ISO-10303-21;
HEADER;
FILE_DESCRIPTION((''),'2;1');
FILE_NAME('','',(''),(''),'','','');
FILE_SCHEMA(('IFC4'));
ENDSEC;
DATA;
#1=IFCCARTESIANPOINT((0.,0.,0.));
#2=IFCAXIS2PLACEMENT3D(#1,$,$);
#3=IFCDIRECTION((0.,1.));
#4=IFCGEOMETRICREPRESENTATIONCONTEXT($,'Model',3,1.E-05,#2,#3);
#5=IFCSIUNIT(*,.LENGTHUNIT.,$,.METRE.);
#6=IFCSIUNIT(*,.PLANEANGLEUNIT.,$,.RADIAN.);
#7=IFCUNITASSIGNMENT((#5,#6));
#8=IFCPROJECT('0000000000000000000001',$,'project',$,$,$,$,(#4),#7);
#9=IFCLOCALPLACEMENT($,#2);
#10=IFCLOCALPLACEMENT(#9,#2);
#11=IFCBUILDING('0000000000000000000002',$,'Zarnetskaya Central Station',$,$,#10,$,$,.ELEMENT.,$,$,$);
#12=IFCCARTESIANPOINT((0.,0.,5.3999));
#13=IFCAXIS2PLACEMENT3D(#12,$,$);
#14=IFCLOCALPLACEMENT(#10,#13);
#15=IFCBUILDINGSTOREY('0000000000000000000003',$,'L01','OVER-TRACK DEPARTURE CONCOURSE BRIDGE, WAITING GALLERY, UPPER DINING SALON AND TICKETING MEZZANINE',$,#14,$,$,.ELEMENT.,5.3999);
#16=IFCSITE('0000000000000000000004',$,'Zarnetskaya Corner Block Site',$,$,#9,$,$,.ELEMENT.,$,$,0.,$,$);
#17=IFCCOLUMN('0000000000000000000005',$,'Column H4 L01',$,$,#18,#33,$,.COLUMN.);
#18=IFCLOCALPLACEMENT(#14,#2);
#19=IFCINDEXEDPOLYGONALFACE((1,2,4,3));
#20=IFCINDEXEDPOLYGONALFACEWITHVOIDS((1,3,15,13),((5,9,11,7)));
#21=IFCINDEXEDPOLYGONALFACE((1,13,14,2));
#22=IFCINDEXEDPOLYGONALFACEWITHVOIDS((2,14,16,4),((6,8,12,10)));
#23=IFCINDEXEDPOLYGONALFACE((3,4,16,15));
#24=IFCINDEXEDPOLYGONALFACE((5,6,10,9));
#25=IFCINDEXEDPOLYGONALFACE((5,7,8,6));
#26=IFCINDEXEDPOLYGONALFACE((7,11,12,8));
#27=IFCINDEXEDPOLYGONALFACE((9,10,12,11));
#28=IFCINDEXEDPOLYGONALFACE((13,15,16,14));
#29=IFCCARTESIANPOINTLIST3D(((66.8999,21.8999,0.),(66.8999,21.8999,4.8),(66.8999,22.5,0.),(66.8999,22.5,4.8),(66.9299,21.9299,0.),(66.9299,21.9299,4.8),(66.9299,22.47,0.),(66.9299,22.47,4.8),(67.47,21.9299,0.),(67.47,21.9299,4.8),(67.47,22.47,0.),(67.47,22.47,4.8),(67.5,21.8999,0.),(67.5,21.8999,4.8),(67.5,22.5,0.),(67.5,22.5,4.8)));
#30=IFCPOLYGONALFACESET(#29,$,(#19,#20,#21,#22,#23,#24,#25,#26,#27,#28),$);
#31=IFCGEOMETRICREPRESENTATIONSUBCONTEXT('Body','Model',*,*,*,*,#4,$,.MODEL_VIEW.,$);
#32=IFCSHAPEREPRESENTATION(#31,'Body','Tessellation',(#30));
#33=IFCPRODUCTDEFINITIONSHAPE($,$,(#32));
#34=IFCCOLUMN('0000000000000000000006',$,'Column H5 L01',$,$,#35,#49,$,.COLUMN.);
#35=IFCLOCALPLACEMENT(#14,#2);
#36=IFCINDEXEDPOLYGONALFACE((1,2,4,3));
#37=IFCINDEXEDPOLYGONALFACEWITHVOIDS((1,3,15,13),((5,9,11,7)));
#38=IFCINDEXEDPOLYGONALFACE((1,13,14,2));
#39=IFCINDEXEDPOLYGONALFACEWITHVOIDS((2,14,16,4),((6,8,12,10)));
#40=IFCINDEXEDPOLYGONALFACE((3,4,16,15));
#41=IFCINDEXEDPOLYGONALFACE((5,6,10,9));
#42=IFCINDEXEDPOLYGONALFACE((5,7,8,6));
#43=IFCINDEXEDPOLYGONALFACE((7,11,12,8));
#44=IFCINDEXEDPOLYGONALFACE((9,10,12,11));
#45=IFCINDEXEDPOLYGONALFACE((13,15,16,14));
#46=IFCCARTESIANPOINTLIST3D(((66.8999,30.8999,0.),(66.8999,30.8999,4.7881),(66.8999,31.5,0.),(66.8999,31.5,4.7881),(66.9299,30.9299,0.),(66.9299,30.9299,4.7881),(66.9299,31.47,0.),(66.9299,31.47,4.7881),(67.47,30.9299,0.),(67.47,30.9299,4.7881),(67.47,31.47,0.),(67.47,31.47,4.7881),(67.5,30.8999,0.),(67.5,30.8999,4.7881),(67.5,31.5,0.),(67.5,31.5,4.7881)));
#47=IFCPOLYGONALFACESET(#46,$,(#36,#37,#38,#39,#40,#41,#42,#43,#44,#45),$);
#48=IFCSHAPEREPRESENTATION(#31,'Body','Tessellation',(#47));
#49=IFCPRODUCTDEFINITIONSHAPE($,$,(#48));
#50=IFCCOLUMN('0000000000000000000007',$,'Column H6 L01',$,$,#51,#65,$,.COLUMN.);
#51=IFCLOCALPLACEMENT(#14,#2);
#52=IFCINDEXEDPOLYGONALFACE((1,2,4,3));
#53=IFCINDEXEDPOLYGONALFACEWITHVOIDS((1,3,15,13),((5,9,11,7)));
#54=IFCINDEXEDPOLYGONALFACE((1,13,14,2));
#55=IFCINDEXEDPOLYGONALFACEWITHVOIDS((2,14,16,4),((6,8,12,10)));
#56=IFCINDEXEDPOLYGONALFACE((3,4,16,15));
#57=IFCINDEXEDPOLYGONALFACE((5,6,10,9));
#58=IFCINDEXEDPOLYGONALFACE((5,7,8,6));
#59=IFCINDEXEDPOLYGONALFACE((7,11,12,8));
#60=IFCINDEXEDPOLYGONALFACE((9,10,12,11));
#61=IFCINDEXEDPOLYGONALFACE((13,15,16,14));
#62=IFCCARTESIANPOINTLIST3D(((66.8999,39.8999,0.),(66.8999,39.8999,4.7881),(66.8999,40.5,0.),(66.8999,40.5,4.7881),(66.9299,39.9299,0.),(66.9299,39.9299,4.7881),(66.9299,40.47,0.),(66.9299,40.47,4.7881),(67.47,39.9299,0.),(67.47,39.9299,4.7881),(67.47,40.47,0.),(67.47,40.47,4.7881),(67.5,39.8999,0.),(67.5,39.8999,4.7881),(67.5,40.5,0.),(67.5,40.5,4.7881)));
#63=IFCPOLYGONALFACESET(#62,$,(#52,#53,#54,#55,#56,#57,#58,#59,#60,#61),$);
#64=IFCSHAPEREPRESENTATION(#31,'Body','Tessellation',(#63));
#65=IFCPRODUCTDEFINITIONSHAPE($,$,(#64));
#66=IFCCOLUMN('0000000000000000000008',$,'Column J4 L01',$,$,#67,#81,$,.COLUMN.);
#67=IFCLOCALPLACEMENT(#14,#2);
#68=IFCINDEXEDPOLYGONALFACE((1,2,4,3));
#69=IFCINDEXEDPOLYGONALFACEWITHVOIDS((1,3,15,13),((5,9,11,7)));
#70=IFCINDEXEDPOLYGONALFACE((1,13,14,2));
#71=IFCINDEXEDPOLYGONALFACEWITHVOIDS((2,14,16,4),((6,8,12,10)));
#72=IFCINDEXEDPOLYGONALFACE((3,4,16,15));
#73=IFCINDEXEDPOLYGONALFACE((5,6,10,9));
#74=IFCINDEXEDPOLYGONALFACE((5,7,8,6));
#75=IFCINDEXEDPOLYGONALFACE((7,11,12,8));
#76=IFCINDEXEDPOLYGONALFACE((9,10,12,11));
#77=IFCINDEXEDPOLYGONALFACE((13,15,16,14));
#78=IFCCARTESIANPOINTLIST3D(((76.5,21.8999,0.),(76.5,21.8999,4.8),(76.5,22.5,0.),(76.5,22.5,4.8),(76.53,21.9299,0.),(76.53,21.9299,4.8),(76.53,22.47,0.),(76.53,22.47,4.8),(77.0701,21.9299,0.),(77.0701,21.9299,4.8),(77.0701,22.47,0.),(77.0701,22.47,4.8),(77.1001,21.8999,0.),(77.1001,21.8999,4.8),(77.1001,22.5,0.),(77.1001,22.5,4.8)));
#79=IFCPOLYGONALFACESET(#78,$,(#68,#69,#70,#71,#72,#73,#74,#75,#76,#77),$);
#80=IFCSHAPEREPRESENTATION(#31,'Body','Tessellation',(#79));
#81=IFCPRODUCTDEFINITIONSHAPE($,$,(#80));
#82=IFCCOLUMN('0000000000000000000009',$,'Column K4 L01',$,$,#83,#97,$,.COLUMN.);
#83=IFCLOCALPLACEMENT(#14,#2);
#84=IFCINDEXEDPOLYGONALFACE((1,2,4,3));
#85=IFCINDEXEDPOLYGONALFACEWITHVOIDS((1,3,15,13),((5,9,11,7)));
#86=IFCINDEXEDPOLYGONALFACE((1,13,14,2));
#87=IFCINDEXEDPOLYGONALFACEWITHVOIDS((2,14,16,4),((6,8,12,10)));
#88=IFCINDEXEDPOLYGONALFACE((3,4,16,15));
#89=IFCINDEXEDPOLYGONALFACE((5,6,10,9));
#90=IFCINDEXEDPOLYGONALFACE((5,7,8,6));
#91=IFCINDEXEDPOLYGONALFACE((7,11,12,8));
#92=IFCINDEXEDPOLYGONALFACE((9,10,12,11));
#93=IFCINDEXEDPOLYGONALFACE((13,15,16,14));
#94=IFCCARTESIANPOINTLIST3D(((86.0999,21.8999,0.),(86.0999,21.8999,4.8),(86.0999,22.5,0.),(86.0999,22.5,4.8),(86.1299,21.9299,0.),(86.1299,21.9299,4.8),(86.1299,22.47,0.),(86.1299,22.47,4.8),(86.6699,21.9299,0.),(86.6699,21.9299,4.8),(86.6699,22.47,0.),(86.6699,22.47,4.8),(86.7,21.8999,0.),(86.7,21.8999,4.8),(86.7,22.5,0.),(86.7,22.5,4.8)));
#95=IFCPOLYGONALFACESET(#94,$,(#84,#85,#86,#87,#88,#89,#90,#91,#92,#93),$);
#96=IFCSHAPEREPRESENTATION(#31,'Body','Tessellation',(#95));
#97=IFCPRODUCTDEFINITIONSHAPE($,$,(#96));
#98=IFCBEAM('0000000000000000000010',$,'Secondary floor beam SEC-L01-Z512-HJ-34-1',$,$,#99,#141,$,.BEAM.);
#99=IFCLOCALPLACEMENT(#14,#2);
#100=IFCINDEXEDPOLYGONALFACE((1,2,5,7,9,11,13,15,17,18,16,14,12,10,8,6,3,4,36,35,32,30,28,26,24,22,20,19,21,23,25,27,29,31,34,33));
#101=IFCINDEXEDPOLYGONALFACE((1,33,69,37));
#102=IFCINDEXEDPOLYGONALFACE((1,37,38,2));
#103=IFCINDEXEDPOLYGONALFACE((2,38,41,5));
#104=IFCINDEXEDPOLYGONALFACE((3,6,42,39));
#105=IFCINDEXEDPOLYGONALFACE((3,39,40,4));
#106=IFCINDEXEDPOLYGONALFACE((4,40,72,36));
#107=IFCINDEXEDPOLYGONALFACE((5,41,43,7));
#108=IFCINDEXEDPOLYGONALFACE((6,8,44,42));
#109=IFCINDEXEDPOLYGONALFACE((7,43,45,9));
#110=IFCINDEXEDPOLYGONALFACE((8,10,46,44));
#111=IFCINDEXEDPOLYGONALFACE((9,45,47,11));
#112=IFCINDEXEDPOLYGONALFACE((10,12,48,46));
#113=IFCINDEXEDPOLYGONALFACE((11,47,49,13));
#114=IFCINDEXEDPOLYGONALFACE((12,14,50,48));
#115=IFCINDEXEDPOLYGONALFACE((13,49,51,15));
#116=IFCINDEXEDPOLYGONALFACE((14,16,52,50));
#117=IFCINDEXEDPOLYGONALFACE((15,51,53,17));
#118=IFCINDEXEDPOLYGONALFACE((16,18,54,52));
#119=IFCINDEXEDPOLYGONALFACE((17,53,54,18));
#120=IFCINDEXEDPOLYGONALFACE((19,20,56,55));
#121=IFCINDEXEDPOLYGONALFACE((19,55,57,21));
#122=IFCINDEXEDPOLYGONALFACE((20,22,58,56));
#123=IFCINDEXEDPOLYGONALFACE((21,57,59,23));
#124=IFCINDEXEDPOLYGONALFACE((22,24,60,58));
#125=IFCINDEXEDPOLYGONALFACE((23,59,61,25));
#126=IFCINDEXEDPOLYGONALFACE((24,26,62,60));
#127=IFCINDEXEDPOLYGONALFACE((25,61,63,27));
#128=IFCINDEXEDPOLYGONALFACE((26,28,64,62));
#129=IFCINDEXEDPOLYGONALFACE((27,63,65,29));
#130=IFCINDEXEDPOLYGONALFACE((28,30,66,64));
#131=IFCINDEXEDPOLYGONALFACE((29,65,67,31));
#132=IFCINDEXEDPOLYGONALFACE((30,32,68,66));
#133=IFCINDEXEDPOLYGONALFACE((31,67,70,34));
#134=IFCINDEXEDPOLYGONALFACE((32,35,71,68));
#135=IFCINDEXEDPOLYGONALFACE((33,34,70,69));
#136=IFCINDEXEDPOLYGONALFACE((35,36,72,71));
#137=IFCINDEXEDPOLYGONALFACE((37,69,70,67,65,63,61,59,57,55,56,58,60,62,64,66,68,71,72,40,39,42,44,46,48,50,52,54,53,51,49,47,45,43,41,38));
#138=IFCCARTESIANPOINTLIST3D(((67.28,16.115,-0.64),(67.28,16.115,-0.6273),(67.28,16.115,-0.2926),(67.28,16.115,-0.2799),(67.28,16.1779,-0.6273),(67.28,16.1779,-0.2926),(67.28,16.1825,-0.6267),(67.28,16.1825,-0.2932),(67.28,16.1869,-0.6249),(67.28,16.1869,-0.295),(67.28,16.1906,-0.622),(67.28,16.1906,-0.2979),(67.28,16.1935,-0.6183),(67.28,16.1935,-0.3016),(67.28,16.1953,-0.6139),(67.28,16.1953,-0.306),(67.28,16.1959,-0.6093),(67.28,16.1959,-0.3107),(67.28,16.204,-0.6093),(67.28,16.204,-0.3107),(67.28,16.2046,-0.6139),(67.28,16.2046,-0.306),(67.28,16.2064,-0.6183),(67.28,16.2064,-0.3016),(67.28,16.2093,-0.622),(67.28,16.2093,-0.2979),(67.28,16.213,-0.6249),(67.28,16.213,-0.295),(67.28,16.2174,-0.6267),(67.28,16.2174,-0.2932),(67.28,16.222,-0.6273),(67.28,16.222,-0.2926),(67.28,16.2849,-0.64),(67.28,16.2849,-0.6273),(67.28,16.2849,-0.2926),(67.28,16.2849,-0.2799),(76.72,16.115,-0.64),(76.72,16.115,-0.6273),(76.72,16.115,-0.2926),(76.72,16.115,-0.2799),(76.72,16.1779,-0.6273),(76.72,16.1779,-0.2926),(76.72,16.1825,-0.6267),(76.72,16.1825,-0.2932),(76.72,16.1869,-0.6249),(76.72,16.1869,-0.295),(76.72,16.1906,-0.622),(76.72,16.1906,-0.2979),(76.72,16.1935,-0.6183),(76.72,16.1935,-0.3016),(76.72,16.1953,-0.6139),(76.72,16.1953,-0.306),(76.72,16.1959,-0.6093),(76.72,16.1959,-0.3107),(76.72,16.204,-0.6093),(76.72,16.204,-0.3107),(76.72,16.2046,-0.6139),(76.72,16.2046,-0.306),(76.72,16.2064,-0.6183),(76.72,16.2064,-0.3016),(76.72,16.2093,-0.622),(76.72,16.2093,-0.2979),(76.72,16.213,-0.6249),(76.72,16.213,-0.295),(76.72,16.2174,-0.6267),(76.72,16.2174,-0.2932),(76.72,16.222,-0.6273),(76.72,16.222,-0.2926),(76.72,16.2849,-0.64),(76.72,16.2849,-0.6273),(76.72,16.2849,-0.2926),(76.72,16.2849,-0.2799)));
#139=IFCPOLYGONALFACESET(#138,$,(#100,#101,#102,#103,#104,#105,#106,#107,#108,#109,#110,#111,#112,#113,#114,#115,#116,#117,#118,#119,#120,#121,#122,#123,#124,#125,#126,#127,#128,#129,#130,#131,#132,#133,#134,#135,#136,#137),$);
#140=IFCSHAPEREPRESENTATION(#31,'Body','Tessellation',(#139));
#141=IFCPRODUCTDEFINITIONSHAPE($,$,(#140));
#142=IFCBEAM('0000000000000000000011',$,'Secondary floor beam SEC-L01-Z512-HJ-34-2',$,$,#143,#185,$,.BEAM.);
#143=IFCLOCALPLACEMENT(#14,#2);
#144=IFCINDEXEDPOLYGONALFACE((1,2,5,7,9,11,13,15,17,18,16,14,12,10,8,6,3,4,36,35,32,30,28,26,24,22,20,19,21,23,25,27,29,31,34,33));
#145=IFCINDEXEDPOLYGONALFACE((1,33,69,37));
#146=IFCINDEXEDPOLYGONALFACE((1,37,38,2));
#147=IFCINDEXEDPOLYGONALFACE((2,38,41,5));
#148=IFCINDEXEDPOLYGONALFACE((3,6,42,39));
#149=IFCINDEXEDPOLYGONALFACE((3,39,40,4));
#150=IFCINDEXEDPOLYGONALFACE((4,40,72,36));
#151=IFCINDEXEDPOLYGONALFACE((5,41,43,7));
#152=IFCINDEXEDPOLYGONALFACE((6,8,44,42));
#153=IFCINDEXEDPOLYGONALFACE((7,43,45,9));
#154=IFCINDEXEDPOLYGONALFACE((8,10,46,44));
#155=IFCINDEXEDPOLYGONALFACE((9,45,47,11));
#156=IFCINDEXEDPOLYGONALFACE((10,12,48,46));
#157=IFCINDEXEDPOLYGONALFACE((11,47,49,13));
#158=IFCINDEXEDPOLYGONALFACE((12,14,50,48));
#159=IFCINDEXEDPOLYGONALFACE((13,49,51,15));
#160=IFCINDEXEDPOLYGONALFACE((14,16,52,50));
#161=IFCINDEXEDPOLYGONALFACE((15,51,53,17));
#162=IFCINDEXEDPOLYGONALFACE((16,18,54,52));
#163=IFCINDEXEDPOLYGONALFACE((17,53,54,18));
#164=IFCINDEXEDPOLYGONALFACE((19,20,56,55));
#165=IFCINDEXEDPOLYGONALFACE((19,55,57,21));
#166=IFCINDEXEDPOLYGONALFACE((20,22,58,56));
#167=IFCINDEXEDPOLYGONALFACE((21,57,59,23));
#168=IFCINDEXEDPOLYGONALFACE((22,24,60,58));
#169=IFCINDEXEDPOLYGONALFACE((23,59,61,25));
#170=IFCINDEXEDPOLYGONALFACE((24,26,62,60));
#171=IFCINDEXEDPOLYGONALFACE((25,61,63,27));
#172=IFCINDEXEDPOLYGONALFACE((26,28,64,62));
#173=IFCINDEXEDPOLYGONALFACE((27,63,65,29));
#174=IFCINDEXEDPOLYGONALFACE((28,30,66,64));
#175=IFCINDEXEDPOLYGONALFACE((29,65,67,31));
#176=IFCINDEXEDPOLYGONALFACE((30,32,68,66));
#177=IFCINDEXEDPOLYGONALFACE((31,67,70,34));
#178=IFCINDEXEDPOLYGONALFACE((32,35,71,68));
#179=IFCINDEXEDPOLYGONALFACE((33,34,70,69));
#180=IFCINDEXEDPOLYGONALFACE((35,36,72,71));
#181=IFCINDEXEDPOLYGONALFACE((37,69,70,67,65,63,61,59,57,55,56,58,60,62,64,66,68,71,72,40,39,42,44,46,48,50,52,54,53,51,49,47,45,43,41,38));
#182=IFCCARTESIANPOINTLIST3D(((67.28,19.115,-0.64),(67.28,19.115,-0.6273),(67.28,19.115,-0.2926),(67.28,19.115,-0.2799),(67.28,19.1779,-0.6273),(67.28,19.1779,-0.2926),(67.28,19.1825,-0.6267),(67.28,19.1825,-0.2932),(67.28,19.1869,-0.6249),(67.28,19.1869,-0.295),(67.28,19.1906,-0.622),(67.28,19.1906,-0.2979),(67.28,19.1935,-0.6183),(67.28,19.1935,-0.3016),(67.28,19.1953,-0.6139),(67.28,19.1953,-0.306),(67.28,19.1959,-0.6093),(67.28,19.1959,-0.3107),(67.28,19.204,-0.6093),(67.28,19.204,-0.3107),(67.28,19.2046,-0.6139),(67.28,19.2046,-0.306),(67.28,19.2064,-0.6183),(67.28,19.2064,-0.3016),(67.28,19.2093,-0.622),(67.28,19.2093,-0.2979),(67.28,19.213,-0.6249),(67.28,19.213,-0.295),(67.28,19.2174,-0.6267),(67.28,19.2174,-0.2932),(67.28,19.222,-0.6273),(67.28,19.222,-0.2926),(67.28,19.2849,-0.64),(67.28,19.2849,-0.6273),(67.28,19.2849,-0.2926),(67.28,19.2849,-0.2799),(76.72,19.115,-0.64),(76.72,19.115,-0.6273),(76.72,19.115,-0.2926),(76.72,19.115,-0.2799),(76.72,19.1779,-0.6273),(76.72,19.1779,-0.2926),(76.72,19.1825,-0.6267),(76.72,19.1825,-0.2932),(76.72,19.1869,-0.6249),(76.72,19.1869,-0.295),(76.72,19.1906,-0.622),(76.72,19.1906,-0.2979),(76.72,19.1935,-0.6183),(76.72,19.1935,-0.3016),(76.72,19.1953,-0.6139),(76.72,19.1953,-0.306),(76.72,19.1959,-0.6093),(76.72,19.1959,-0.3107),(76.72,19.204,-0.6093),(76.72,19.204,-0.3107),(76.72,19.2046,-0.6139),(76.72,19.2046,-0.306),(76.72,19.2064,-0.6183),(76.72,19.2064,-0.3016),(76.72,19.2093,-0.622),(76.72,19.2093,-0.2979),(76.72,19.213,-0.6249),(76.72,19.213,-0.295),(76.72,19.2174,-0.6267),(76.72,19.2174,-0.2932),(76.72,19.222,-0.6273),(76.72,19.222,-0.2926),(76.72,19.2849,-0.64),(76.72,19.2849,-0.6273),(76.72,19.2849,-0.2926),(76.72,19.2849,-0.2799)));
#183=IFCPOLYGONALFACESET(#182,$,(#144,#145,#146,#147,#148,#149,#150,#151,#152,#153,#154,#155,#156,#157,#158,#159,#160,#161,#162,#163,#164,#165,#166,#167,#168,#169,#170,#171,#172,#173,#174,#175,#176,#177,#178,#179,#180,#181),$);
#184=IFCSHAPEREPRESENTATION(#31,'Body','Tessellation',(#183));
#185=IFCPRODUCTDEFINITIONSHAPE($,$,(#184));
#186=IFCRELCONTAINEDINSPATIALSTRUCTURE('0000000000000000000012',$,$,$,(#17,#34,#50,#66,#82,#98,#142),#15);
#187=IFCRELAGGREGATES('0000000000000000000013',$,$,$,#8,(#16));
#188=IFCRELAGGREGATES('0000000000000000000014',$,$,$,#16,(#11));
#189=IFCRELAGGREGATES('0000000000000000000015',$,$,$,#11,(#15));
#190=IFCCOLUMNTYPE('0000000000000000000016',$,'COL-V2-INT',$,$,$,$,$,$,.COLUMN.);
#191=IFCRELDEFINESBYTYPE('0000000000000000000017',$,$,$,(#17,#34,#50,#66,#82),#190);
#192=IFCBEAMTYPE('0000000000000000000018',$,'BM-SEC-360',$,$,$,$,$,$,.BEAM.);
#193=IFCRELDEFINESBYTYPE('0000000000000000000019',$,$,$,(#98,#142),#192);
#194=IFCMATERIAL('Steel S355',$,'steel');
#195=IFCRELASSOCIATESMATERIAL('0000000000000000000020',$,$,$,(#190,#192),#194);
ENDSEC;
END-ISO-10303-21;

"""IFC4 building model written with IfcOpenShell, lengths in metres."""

from ifc_helpers import new_model, si_unit, direction, frame, origin, origin_2d, place, context, subcontext, project, spatial, hollow_rectangle, i_section, extrude, material, material_profile, profile_set, type_object, element, save


model = new_model("IFC4")

# Units and contexts
model_context = context("Model", 3, precision=1e-05, world=origin(), true_north=direction((0.0, 1.0)))
body_context = subcontext(model_context, "Body", "Model", "MODEL_VIEW")
ifc_project = project(units=[si_unit("LENGTHUNIT", "METRE"), si_unit("PLANEANGLEUNIT", "RADIAN")], contexts=[model_context])

# Site, building, storey
site_placement = place(None, origin())
site = spatial("IfcSite", under=ifc_project, at=site_placement, Name="Zarnetskaya Corner Block Site", CompositionType="ELEMENT", RefElevation=0.0)
building_placement = place(site_placement, origin())
building = spatial("IfcBuilding", under=site, at=building_placement, Name="Zarnetskaya Central Station", CompositionType="ELEMENT")
storey_placement = place(building_placement, frame((0.0, 0.0, 5.3999)))
storey = spatial("IfcBuildingStorey", under=building, at=storey_placement, Name="L01", Description="OVER-TRACK DEPARTURE CONCOURSE BRIDGE, WAITING GALLERY, UPPER DINING SALON AND TICKETING MEZZANINE", CompositionType="ELEMENT", Elevation=5.3999)

# Columns
ifc_material_1 = material(Name="Steel S355", Category="steel")
ifc_material_profile_1 = material_profile(ifc_material_1, hollow_rectangle(XDim=0.6001, YDim=0.6001, WallThickness=0.03, at=origin_2d()), Name="BOX 600x600x30")
ifc_profile_set_1 = profile_set([ifc_material_profile_1], Name="Steel S355")
column_type = type_object("IfcColumnType", Name="COL-V2-INT", PredefinedType="COLUMN", material=ifc_profile_set_1)
column_placement = place(storey_placement, frame((67.2, 22.2, 0.0), z_axis=(0.0, 0.0, 1.0), x_axis=(1.0, 0.0, 0.0)))
element("IfcColumn", 1, at=column_placement, inside=storey, type_object=column_type, Name="Column H4 L01", PredefinedType="COLUMN", context=body_context, shape_type="SweptSolid", body=[
    extrude(hollow_rectangle(XDim=0.6001, YDim=0.6001, WallThickness=0.03, at=origin_2d()), origin(), (0.0, 0.0, 1.0), 4.8),
])
for number, where, z_axis, x_axis, name in (
    (2, (67.2, 31.2, 0.0), (0.0, 0.0, 1.0), (1.0, 0.0, 0.0), "Column H5 L01"),
    (3, (67.2, 40.2, 0.0), (0.0, 0.0, 1.0), (1.0, 0.0, 0.0), "Column H6 L01"),
):
    element("IfcColumn", number, at=place(storey_placement, frame(where, z_axis=z_axis, x_axis=x_axis)), inside=storey, type_object=column_type, Name=name, PredefinedType="COLUMN", context=body_context, shape_type="SweptSolid", body=[
        extrude(hollow_rectangle(XDim=0.6001, YDim=0.6001, WallThickness=0.03, at=origin_2d()), origin(), (0.0, 0.0, 1.0), 4.7881),
    ])
for number, where, z_axis, x_axis, name in (
    (4, (76.8, 22.2, 0.0), (0.0, 0.0, 1.0), (1.0, 0.0, 0.0), "Column J4 L01"),
    (5, (86.3999, 22.2, 0.0), (0.0, 0.0, 1.0), (1.0, 0.0, 0.0), "Column K4 L01"),
):
    element("IfcColumn", number, at=place(storey_placement, frame(where, z_axis=z_axis, x_axis=x_axis)), inside=storey, type_object=column_type, Name=name, PredefinedType="COLUMN", context=body_context, shape_type="SweptSolid", body=[
        extrude(hollow_rectangle(XDim=0.6001, YDim=0.6001, WallThickness=0.03, at=origin_2d()), origin(), (0.0, 0.0, 1.0), 4.8),
    ])

# Beams
ifc_material_profile_2 = material_profile(ifc_material_1, i_section(OverallWidth=0.1699, OverallDepth=0.3601, WebThickness=0.0081, FlangeThickness=0.0127, FilletRadius=0.0181, at=origin_2d()), Name="IPE 360")
ifc_profile_set_2 = profile_set([ifc_material_profile_2], Name="Steel S355")
beam_type_1 = type_object("IfcBeamType", Name="BM-SEC-360", PredefinedType="BEAM", material=ifc_profile_set_2)
for number, where, z_axis, x_axis, name in (
    (6, (67.28, 16.2, -0.46), (1.0, 0.0, 0.0), (0.0, 1.0, 0.0), "Secondary floor beam SEC-L01-Z512-HJ-34-1"),
    (7, (67.28, 19.2, -0.46), (1.0, 0.0, 0.0), (0.0, 1.0, 0.0), "Secondary floor beam SEC-L01-Z512-HJ-34-2"),
):
    element("IfcBeam", number, at=place(storey_placement, frame(where, z_axis=z_axis, x_axis=x_axis)), inside=storey, type_object=beam_type_1, Name=name, PredefinedType="BEAM", context=body_context, shape_type="SweptSolid", body=[
        extrude(i_section(OverallWidth=0.1699, OverallDepth=0.3601, WebThickness=0.0081, FlangeThickness=0.0127, FilletRadius=0.0181, at=origin_2d()), origin(), (0.0, 0.0, 1.0), 9.4399),
    ])

save(model, "model.ifc")
